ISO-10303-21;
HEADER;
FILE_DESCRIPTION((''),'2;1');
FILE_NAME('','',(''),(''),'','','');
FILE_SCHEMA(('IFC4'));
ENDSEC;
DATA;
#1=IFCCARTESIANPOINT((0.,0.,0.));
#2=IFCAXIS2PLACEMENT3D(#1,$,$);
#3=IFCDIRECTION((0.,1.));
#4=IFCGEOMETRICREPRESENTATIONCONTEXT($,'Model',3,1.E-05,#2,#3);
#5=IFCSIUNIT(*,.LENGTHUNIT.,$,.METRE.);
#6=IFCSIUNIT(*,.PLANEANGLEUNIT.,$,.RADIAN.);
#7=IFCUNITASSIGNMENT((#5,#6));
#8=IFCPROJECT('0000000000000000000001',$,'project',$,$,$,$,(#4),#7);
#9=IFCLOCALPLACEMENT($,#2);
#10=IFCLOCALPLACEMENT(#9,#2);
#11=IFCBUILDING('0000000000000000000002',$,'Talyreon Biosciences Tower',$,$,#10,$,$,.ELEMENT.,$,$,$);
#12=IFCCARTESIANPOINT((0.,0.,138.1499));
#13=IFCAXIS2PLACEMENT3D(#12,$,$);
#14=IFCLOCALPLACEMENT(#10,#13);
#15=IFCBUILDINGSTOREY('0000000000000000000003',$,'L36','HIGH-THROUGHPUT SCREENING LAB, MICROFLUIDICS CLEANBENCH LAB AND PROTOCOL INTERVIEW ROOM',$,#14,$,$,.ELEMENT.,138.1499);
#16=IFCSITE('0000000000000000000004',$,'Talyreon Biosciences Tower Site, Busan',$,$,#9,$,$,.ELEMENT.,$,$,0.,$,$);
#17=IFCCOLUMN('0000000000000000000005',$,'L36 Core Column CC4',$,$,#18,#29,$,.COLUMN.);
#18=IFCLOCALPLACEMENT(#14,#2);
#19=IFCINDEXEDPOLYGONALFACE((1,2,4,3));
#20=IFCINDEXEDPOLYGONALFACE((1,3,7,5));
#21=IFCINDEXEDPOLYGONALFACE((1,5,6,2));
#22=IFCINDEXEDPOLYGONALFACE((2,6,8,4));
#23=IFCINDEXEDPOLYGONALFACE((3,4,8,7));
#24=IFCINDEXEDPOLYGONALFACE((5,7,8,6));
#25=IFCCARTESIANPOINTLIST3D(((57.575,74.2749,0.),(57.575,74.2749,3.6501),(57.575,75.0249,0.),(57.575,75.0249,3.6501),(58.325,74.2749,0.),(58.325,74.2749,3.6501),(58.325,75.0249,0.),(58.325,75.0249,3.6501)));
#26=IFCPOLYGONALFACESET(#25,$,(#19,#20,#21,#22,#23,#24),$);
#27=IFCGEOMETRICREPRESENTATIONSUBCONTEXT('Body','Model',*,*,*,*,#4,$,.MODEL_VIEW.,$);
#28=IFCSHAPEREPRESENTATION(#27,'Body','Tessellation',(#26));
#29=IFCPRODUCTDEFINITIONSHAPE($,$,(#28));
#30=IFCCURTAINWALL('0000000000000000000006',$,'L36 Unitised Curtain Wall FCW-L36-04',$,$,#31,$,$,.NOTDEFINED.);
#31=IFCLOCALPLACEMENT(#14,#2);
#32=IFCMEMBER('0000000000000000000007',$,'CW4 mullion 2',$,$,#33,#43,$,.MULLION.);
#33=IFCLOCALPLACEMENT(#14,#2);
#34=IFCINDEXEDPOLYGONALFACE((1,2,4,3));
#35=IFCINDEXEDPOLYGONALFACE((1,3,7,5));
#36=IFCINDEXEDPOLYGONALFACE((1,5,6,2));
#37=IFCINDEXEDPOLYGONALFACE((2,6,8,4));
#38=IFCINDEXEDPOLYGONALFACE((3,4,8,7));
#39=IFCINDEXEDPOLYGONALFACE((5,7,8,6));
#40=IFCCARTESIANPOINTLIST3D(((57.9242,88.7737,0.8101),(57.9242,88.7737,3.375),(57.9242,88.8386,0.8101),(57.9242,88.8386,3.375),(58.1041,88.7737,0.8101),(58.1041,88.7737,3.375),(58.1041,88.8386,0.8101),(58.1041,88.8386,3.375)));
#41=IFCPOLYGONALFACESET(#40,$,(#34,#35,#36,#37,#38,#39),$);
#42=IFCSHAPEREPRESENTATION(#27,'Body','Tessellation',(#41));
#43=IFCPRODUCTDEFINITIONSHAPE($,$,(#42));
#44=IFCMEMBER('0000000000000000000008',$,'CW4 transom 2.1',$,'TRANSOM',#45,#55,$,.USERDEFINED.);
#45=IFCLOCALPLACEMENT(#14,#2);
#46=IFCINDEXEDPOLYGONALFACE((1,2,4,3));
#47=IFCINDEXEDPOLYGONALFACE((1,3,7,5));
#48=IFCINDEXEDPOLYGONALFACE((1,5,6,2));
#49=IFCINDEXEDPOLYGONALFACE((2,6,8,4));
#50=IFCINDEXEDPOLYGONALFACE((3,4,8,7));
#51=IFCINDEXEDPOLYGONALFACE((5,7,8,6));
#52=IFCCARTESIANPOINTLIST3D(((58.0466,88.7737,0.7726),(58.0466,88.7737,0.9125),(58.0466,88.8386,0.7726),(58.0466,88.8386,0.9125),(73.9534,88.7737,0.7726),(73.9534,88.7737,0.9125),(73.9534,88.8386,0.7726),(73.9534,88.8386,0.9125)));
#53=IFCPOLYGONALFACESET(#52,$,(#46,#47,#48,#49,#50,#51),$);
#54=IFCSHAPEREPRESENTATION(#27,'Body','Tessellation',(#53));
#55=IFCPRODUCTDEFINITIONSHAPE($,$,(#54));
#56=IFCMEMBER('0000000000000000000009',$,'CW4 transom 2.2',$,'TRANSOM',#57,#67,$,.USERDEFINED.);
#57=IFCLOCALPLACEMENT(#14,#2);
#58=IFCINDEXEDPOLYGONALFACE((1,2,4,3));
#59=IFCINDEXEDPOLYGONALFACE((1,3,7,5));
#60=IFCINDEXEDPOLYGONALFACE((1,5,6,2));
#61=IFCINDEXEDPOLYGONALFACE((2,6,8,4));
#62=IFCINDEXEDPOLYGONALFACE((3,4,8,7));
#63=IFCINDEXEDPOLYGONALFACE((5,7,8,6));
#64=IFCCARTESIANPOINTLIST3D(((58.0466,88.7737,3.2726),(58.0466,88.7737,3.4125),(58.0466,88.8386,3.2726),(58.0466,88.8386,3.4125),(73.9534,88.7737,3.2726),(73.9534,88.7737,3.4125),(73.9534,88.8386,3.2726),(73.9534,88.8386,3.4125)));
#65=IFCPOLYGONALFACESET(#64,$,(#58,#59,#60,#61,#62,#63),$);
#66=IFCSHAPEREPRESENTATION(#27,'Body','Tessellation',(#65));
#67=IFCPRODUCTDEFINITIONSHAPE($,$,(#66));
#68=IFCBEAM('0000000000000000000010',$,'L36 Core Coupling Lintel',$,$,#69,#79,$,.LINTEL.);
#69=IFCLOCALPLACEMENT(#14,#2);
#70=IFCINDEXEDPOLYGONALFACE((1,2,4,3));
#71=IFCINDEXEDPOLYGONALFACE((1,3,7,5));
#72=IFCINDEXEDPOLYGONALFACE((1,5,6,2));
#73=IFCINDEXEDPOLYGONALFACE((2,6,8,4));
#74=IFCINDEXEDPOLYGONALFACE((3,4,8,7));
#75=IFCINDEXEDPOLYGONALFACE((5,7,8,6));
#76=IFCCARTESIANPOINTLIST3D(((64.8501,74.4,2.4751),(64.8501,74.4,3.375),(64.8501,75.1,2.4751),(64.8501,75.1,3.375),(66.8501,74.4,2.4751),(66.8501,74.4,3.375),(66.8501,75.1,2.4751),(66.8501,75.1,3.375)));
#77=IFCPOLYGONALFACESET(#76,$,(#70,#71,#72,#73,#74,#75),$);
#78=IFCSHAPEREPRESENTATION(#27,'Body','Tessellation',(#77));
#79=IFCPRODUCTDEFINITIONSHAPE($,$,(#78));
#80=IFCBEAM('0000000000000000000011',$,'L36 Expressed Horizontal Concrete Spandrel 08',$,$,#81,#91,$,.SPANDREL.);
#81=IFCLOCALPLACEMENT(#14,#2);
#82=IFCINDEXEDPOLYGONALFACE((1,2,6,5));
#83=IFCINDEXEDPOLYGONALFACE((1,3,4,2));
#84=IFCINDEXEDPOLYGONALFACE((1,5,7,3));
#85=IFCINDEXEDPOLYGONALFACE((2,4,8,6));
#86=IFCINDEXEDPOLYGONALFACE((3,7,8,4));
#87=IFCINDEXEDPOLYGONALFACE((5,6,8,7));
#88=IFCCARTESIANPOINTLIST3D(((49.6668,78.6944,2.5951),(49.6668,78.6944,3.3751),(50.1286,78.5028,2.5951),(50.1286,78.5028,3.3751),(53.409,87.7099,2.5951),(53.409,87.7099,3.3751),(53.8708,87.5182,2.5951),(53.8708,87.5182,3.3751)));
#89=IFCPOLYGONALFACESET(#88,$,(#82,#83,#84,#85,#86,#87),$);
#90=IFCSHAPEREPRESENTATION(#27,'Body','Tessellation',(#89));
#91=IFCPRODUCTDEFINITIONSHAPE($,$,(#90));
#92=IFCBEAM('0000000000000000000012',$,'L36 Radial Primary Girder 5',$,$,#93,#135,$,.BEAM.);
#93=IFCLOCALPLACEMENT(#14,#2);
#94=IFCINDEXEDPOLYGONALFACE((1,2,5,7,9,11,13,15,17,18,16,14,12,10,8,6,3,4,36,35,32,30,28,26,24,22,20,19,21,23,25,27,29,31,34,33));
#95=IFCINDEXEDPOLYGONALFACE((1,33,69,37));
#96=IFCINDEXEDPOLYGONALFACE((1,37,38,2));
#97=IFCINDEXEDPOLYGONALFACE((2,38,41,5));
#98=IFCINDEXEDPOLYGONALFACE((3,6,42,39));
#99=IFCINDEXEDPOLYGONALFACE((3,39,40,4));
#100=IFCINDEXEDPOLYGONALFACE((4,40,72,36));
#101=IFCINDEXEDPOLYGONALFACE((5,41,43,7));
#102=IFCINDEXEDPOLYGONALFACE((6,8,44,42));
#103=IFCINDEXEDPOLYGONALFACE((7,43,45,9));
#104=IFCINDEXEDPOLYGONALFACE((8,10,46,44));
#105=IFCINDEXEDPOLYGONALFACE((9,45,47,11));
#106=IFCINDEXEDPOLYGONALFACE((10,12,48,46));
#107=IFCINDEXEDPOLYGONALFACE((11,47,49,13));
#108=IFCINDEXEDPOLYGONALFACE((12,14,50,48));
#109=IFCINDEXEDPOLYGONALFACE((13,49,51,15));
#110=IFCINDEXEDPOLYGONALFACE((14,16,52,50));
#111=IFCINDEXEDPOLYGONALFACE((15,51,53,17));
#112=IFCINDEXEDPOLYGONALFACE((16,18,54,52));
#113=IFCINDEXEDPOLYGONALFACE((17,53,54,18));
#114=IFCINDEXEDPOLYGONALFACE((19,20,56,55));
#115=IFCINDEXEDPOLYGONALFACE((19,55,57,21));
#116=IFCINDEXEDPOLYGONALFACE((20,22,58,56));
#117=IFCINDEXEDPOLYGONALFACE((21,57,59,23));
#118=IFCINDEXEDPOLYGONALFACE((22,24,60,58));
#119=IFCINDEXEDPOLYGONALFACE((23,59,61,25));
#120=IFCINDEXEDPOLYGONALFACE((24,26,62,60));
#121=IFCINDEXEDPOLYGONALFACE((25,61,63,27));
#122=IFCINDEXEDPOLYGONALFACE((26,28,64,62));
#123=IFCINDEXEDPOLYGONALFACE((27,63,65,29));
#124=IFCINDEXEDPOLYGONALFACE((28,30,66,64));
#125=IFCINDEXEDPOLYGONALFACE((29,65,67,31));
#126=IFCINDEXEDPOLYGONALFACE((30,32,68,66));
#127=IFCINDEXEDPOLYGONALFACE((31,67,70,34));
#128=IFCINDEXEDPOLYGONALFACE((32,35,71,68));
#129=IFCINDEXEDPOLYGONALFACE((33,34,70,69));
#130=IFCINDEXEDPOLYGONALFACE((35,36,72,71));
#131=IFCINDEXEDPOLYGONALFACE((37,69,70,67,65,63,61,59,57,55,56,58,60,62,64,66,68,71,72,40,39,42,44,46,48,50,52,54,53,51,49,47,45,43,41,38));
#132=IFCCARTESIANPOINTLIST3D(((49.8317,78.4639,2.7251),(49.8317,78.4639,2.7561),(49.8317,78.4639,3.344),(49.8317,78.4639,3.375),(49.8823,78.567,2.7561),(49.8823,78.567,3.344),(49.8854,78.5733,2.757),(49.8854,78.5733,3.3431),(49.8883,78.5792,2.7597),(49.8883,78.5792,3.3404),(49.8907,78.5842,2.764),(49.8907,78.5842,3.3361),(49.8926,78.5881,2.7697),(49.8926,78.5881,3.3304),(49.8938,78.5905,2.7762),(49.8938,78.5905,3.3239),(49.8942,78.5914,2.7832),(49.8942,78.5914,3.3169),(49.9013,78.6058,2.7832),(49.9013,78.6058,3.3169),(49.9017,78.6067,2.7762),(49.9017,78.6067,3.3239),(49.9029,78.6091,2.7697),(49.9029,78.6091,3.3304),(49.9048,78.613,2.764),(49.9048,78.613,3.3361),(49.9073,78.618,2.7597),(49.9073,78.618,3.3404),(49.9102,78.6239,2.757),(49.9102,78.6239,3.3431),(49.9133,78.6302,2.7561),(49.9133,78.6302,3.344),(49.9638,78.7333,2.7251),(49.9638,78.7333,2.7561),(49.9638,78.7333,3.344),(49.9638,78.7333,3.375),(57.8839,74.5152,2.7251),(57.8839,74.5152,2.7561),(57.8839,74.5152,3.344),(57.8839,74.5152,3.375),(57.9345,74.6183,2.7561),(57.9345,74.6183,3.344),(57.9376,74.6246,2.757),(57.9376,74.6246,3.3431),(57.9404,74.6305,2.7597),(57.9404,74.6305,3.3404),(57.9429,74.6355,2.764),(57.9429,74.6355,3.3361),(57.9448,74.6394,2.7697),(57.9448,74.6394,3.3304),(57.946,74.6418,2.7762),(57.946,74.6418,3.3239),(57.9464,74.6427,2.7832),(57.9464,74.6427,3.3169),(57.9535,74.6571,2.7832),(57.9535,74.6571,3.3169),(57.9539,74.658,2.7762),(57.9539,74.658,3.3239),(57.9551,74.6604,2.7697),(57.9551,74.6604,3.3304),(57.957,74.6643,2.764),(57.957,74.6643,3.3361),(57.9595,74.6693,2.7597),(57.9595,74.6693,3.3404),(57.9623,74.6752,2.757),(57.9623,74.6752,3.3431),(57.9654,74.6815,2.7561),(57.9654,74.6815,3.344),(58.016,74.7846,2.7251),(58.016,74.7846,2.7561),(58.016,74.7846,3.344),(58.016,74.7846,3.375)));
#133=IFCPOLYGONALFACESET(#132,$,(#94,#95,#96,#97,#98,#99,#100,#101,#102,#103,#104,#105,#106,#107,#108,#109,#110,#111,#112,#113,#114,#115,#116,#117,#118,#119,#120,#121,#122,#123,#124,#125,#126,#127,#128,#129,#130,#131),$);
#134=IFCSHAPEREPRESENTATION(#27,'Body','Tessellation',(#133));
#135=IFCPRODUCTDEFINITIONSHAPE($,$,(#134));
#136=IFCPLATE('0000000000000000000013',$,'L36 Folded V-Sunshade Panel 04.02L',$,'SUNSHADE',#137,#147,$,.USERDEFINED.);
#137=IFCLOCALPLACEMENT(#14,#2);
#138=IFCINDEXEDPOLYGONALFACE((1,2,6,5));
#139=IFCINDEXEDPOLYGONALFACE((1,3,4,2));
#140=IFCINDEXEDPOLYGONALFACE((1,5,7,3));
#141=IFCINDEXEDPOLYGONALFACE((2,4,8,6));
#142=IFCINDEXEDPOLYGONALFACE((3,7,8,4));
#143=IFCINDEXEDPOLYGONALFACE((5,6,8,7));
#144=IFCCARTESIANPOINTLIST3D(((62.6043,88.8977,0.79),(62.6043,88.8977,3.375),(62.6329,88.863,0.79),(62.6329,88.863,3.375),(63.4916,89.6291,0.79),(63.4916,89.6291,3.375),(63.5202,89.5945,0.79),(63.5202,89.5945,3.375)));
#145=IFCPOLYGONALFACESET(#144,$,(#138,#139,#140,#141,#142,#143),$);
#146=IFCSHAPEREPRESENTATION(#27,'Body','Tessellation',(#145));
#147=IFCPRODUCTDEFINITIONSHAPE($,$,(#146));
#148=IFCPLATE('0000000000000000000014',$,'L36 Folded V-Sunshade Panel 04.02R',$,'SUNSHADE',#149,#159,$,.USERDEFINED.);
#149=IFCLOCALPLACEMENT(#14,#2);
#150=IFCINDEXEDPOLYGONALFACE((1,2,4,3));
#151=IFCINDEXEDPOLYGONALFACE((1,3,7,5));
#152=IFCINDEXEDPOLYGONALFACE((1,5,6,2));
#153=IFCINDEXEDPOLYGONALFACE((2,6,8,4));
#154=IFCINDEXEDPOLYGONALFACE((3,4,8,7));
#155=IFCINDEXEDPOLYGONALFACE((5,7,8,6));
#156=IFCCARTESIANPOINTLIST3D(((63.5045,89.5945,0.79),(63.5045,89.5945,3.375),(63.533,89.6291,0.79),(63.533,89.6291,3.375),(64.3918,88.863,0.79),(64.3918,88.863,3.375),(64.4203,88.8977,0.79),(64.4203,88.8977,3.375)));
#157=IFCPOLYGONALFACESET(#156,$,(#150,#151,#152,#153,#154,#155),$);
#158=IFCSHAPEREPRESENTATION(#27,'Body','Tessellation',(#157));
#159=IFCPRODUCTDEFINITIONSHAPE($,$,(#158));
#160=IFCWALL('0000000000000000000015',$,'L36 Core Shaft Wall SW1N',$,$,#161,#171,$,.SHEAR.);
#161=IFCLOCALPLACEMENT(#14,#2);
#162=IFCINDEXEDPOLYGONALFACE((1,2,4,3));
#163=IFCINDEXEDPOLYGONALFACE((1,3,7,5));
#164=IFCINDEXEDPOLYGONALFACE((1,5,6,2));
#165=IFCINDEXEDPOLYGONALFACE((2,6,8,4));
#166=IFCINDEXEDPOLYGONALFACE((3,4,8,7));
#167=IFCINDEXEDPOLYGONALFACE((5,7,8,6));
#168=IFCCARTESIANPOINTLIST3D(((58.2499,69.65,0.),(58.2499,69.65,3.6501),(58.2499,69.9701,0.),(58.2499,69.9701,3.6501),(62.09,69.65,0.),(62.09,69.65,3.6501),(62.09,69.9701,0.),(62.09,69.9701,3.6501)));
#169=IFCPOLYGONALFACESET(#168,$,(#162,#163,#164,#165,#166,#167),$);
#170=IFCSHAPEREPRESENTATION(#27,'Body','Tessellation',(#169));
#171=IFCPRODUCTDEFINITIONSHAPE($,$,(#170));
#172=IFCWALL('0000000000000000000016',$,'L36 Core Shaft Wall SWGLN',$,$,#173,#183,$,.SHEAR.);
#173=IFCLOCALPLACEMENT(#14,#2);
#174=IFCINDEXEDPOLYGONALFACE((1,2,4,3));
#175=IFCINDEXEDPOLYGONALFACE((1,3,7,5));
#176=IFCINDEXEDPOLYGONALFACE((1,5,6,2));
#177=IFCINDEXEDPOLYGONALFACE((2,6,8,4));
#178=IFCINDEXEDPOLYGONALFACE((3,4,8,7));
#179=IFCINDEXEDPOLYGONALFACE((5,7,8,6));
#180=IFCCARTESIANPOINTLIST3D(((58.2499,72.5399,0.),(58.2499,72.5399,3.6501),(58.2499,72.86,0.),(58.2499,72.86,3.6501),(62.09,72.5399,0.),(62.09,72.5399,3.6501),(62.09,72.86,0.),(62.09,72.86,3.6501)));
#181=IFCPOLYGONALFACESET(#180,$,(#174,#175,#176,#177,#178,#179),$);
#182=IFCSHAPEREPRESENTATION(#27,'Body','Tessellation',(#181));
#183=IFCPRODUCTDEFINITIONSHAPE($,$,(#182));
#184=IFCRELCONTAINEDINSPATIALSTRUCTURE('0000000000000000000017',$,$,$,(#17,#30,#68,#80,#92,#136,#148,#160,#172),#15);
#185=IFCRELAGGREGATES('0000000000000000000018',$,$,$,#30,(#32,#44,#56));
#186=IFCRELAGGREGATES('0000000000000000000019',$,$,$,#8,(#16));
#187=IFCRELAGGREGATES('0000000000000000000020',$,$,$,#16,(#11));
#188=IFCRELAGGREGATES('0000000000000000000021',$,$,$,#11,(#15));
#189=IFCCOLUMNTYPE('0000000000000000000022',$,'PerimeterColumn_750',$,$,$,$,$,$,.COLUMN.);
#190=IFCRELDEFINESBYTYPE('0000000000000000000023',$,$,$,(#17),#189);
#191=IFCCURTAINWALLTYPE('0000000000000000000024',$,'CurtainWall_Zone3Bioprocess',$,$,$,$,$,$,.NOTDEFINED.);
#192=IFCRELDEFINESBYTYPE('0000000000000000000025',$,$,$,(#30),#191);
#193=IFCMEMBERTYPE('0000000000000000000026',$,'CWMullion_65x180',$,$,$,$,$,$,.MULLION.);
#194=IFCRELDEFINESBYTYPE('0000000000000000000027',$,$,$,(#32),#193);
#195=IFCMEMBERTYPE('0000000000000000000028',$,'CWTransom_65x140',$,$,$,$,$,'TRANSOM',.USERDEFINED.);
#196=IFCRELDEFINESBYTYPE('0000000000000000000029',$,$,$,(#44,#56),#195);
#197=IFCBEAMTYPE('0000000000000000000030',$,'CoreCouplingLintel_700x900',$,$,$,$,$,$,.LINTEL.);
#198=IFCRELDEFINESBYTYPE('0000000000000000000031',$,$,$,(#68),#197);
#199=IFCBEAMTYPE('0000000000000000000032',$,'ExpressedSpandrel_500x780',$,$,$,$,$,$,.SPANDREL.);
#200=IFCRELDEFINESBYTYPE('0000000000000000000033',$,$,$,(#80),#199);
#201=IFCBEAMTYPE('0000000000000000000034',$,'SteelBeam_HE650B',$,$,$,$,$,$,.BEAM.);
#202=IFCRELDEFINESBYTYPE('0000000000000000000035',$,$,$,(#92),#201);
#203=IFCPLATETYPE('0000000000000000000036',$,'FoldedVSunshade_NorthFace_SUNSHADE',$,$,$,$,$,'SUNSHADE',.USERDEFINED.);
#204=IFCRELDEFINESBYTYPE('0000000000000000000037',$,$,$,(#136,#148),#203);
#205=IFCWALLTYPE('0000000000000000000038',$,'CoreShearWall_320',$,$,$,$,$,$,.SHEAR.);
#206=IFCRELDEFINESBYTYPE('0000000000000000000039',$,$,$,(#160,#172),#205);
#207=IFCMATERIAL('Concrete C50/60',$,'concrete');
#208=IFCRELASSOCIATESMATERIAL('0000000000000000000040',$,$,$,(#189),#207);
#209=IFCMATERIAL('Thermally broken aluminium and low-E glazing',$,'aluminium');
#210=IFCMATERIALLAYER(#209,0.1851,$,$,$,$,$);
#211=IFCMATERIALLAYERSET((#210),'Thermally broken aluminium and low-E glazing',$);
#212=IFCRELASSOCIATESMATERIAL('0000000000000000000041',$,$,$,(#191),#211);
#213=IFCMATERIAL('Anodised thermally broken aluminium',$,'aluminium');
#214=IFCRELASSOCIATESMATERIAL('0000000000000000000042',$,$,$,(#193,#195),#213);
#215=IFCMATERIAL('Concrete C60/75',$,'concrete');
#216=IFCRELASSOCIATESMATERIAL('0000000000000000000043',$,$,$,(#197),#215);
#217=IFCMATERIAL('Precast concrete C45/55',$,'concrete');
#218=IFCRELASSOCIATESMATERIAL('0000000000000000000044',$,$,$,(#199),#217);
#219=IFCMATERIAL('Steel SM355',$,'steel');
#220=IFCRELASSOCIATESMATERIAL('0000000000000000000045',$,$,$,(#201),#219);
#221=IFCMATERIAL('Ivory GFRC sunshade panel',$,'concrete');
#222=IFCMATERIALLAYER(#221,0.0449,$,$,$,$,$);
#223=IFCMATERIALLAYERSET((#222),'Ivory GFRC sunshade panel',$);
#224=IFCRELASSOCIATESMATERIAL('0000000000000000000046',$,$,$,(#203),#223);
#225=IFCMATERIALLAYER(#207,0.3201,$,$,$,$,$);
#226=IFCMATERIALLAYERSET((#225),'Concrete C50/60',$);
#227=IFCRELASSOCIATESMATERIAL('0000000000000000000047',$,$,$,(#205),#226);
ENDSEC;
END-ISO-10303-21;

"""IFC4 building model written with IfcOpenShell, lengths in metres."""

from ifc_helpers import new_model, si_unit, direction, frame, frame_2d, origin, origin_2d, place, context, subcontext, project, spatial, rectangle, i_section, extrude, material, layer, layer_set, material_profile, profile_set, type_object, element, aggregate, save


model = new_model("IFC4")

# Units and contexts
model_context = context("Model", 3, precision=1e-05, world=origin(), true_north=direction((0.0, 1.0)))
body_context = subcontext(model_context, "Body", "Model", "MODEL_VIEW")
ifc_project = project(units=[si_unit("LENGTHUNIT", "METRE"), si_unit("PLANEANGLEUNIT", "RADIAN")], contexts=[model_context])

# Site, building, storey
site_placement = place(None, origin())
site = spatial("IfcSite", under=ifc_project, at=site_placement, Name="Talyreon Biosciences Tower Site, Busan", CompositionType="ELEMENT", RefElevation=0.0)
building_placement = place(site_placement, origin())
building = spatial("IfcBuilding", under=site, at=building_placement, Name="Talyreon Biosciences Tower", CompositionType="ELEMENT")
storey_placement = place(building_placement, frame((0.0, 0.0, 138.1499)))
storey = spatial("IfcBuildingStorey", under=building, at=storey_placement, Name="L36", Description="HIGH-THROUGHPUT SCREENING LAB, MICROFLUIDICS CLEANBENCH LAB AND PROTOCOL INTERVIEW ROOM", CompositionType="ELEMENT", Elevation=138.1499)

# Column
ifc_material_1 = material(Name="Concrete C50/60", Category="concrete")
ifc_material_profile_1 = material_profile(ifc_material_1, rectangle(XDim=0.75, YDim=0.75, at=origin_2d()), Name="RC 750x750")
ifc_profile_set_1 = profile_set([ifc_material_profile_1], Name="Concrete C50/60")
column_type = type_object("IfcColumnType", Name="PerimeterColumn_750", PredefinedType="COLUMN", material=ifc_profile_set_1)
column_placement = place(storey_placement, frame((57.95, 74.6499, 0.0), z_axis=(0.0, 0.0, 1.0), x_axis=(1.0, 0.0, 0.0)))
element("IfcColumn", 1, at=column_placement, inside=storey, type_object=column_type, Name="L36 Core Column CC4", PredefinedType="COLUMN", context=body_context, shape_type="SweptSolid", body=[
    extrude(rectangle(XDim=0.75, YDim=0.75, at=origin_2d()), origin(), (0.0, 0.0, 1.0), 3.6501),
])

# Curtain wall, members
ifc_material_2 = material(Name="Thermally broken aluminium and low-E glazing", Category="aluminium")
ifc_layer_1 = layer(ifc_material_2, 0.1851)
ifc_layer_set_1 = layer_set([ifc_layer_1], Name="Thermally broken aluminium and low-E glazing")
curtain_wall_type = type_object("IfcCurtainWallType", Name="CurtainWall_Zone3Bioprocess", PredefinedType="NOTDEFINED", material=ifc_layer_set_1)
curtain_wall_placement = place(storey_placement, origin())
curtain_wall = element("IfcCurtainWall", 2, at=curtain_wall_placement, inside=storey, type_object=curtain_wall_type, Name="L36 Unitised Curtain Wall FCW-L36-04", PredefinedType="NOTDEFINED")
ifc_material_3 = material(Name="Anodised thermally broken aluminium", Category="aluminium")
ifc_material_profile_2 = material_profile(ifc_material_3, rectangle(XDim=0.0649, YDim=0.1799, at=origin_2d()), Name="ALUM MULLION 65x180")
ifc_profile_set_2 = profile_set([ifc_material_profile_2], Name="Anodised thermally broken aluminium")
member_type_1 = type_object("IfcMemberType", Name="CWMullion_65x180", PredefinedType="MULLION", material=ifc_profile_set_2)
member_1_placement = place(storey_placement, frame((58.0142, 88.8062, 0.8101), z_axis=(0.0, 0.0, 1.0), x_axis=(0.0, 1.0, 0.0)))
member_1 = element("IfcMember", 3, at=member_1_placement, type_object=member_type_1, Name="CW4 mullion 2", PredefinedType="MULLION", context=body_context, shape_type="SweptSolid", body=[
    extrude(rectangle(XDim=0.0649, YDim=0.1799, at=origin_2d()), origin(), (0.0, 0.0, 1.0), 2.5649),
])
ifc_material_profile_3 = material_profile(ifc_material_3, rectangle(XDim=0.0649, YDim=0.1399, at=origin_2d()), Name="ALUM TRANSOM 65x140")
ifc_profile_set_3 = profile_set([ifc_material_profile_3], Name="Anodised thermally broken aluminium")
member_type_2 = type_object("IfcMemberType", Name="CWTransom_65x140", ElementType="TRANSOM", PredefinedType="USERDEFINED", material=ifc_profile_set_3)
member_2_placement = place(storey_placement, frame((58.0466, 88.8062, 0.8425), z_axis=(1.0, 0.0, 0.0), x_axis=(0.0, 1.0, 0.0)))
member_2 = element("IfcMember", 4, at=member_2_placement, type_object=member_type_2, Name="CW4 transom 2.1", ObjectType="TRANSOM", PredefinedType="USERDEFINED", context=body_context, shape_type="SweptSolid", body=[
    extrude(rectangle(XDim=0.0649, YDim=0.1399, at=origin_2d()), origin(), (0.0, 0.0, 1.0), 15.9067),
])
member_3_placement = place(storey_placement, frame((58.0466, 88.8062, 3.3425), z_axis=(1.0, 0.0, 0.0), x_axis=(0.0, 1.0, 0.0)))
member_3 = element("IfcMember", 5, at=member_3_placement, type_object=member_type_2, Name="CW4 transom 2.2", ObjectType="TRANSOM", PredefinedType="USERDEFINED", context=body_context, shape_type="SweptSolid", body=[
    extrude(rectangle(XDim=0.0649, YDim=0.1399, at=origin_2d()), origin(), (0.0, 0.0, 1.0), 15.9067),
])
aggregate(curtain_wall, [member_1, member_2, member_3])

# Beams
ifc_material_4 = material(Name="Concrete C60/75", Category="concrete")
ifc_material_profile_4 = material_profile(ifc_material_4, rectangle(XDim=0.7, YDim=0.8999, at=origin_2d()), Name="RCB 700x900")
ifc_profile_set_4 = profile_set([ifc_material_profile_4], Name="Concrete C60/75")
beam_type_1 = type_object("IfcBeamType", Name="CoreCouplingLintel_700x900", PredefinedType="LINTEL", material=ifc_profile_set_4)
beam_1_placement = place(storey_placement, frame((64.8501, 74.75, 2.925), z_axis=(1.0, 0.0, 0.0), x_axis=(0.0, 1.0, 0.0)))
element("IfcBeam", 6, at=beam_1_placement, inside=storey, type_object=beam_type_1, Name="L36 Core Coupling Lintel", PredefinedType="LINTEL", context=body_context, shape_type="SweptSolid", body=[
    extrude(rectangle(XDim=0.7, YDim=0.8999, at=origin_2d()), origin(), (0.0, 0.0, 1.0), 2.0),
])
ifc_material_5 = material(Name="Precast concrete C45/55", Category="concrete")
ifc_material_profile_5 = material_profile(ifc_material_5, rectangle(XDim=0.5, YDim=0.78, at=origin_2d()), Name="RCB 500x780")
ifc_profile_set_5 = profile_set([ifc_material_profile_5], Name="Precast concrete C45/55")
beam_type_2 = type_object("IfcBeamType", Name="ExpressedSpandrel_500x780", PredefinedType="SPANDREL", material=ifc_profile_set_5)
beam_2_placement = place(storey_placement, frame((53.6399, 87.614, 2.9851), z_axis=(-0.383374, -0.923593, 0.0), x_axis=(0.923593, -0.383374, 0.0)))
element("IfcBeam", 7, at=beam_2_placement, inside=storey, type_object=beam_type_2, Name="L36 Expressed Horizontal Concrete Spandrel 08", PredefinedType="SPANDREL", context=body_context, shape_type="SweptSolid", body=[
    extrude(rectangle(XDim=0.5, YDim=0.78, at=origin_2d()), origin(), (0.0, 0.0, 1.0), 9.7612),
])
ifc_material_6 = material(Name="Steel SM355", Category="steel")
ifc_material_profile_6 = material_profile(ifc_material_6, i_section(OverallWidth=0.3, OverallDepth=0.6499, WebThickness=0.0161, FlangeThickness=0.031, FilletRadius=0.0271, at=origin_2d()), Name="HE650B")
ifc_profile_set_6 = profile_set([ifc_material_profile_6], Name="Steel SM355")
beam_type_3 = type_object("IfcBeamType", Name="SteelBeam_HE650B", PredefinedType="BEAM", material=ifc_profile_set_6)
beam_3_placement = place(storey_placement, frame((57.95, 74.6499, 3.05), z_axis=(-0.897852, 0.440297, 0.0), x_axis=(-0.440297, -0.897852, 0.0)))
element("IfcBeam", 8, at=beam_3_placement, inside=storey, type_object=beam_type_3, Name="L36 Radial Primary Girder 5", PredefinedType="BEAM", context=body_context, shape_type="SweptSolid", body=[
    extrude(i_section(OverallWidth=0.3, OverallDepth=0.6499, WebThickness=0.0161, FlangeThickness=0.031, FilletRadius=0.0271, at=origin_2d()), origin(), (0.0, 0.0, 1.0), 8.9683),
])

# Plates
ifc_material_7 = material(Name="Ivory GFRC sunshade panel", Category="concrete")
ifc_layer_2 = layer(ifc_material_7, 0.0449)
ifc_layer_set_2 = layer_set([ifc_layer_2], Name="Ivory GFRC sunshade panel")
plate_type = type_object("IfcPlateType", Name="FoldedVSunshade_NorthFace_SUNSHADE", ElementType="SUNSHADE", PredefinedType="USERDEFINED", material=ifc_layer_set_2)
for number, where, z_axis, x_axis, name in (
    (9, (63.0623, 89.2461, 0.79), (0.0, 0.0, 1.0), (0.771625, 0.636078, 0.0), "L36 Folded V-Sunshade Panel 04.02L"),
    (10, (63.9624, 89.2461, 0.79), (0.0, 0.0, 1.0), (0.771625, -0.636078, 0.0), "L36 Folded V-Sunshade Panel 04.02R"),
):
    element("IfcPlate", number, at=place(storey_placement, frame(where, z_axis=z_axis, x_axis=x_axis)), inside=storey, type_object=plate_type, Name=name, ObjectType="SUNSHADE", PredefinedType="USERDEFINED", context=body_context, shape_type="SweptSolid", body=[
        extrude(rectangle(XDim=1.1499, YDim=0.0449, at=origin_2d()), origin(), (0.0, 0.0, 1.0), 2.585),
    ])

# Walls
ifc_layer_3 = layer(ifc_material_1, 0.3201)
ifc_layer_set_3 = layer_set([ifc_layer_3], Name="Concrete C50/60")
wall_type_1 = type_object("IfcWallType", Name="CoreShearWall_320", PredefinedType="SHEAR", material=ifc_layer_set_3)
for number, where, z_axis, x_axis, name in (
    (11, (58.25, 69.8101, 0.0), (0.0, 0.0, 1.0), (1.0, 0.0, 0.0), "L36 Core Shaft Wall SW1N"),
    (12, (58.25, 72.7, 0.0), (0.0, 0.0, 1.0), (1.0, 0.0, 0.0), "L36 Core Shaft Wall SWGLN"),
):
    element("IfcWall", number, at=place(storey_placement, frame(where, z_axis=z_axis, x_axis=x_axis)), inside=storey, type_object=wall_type_1, Name=name, PredefinedType="SHEAR", context=body_context, shape_type="SweptSolid", body=[
        extrude(rectangle(XDim=3.8401, YDim=0.3201, at=frame_2d((1.9199, 0.0))), origin(), (0.0, 0.0, 1.0), 3.6501),
    ])

save(model, "model.ifc")
